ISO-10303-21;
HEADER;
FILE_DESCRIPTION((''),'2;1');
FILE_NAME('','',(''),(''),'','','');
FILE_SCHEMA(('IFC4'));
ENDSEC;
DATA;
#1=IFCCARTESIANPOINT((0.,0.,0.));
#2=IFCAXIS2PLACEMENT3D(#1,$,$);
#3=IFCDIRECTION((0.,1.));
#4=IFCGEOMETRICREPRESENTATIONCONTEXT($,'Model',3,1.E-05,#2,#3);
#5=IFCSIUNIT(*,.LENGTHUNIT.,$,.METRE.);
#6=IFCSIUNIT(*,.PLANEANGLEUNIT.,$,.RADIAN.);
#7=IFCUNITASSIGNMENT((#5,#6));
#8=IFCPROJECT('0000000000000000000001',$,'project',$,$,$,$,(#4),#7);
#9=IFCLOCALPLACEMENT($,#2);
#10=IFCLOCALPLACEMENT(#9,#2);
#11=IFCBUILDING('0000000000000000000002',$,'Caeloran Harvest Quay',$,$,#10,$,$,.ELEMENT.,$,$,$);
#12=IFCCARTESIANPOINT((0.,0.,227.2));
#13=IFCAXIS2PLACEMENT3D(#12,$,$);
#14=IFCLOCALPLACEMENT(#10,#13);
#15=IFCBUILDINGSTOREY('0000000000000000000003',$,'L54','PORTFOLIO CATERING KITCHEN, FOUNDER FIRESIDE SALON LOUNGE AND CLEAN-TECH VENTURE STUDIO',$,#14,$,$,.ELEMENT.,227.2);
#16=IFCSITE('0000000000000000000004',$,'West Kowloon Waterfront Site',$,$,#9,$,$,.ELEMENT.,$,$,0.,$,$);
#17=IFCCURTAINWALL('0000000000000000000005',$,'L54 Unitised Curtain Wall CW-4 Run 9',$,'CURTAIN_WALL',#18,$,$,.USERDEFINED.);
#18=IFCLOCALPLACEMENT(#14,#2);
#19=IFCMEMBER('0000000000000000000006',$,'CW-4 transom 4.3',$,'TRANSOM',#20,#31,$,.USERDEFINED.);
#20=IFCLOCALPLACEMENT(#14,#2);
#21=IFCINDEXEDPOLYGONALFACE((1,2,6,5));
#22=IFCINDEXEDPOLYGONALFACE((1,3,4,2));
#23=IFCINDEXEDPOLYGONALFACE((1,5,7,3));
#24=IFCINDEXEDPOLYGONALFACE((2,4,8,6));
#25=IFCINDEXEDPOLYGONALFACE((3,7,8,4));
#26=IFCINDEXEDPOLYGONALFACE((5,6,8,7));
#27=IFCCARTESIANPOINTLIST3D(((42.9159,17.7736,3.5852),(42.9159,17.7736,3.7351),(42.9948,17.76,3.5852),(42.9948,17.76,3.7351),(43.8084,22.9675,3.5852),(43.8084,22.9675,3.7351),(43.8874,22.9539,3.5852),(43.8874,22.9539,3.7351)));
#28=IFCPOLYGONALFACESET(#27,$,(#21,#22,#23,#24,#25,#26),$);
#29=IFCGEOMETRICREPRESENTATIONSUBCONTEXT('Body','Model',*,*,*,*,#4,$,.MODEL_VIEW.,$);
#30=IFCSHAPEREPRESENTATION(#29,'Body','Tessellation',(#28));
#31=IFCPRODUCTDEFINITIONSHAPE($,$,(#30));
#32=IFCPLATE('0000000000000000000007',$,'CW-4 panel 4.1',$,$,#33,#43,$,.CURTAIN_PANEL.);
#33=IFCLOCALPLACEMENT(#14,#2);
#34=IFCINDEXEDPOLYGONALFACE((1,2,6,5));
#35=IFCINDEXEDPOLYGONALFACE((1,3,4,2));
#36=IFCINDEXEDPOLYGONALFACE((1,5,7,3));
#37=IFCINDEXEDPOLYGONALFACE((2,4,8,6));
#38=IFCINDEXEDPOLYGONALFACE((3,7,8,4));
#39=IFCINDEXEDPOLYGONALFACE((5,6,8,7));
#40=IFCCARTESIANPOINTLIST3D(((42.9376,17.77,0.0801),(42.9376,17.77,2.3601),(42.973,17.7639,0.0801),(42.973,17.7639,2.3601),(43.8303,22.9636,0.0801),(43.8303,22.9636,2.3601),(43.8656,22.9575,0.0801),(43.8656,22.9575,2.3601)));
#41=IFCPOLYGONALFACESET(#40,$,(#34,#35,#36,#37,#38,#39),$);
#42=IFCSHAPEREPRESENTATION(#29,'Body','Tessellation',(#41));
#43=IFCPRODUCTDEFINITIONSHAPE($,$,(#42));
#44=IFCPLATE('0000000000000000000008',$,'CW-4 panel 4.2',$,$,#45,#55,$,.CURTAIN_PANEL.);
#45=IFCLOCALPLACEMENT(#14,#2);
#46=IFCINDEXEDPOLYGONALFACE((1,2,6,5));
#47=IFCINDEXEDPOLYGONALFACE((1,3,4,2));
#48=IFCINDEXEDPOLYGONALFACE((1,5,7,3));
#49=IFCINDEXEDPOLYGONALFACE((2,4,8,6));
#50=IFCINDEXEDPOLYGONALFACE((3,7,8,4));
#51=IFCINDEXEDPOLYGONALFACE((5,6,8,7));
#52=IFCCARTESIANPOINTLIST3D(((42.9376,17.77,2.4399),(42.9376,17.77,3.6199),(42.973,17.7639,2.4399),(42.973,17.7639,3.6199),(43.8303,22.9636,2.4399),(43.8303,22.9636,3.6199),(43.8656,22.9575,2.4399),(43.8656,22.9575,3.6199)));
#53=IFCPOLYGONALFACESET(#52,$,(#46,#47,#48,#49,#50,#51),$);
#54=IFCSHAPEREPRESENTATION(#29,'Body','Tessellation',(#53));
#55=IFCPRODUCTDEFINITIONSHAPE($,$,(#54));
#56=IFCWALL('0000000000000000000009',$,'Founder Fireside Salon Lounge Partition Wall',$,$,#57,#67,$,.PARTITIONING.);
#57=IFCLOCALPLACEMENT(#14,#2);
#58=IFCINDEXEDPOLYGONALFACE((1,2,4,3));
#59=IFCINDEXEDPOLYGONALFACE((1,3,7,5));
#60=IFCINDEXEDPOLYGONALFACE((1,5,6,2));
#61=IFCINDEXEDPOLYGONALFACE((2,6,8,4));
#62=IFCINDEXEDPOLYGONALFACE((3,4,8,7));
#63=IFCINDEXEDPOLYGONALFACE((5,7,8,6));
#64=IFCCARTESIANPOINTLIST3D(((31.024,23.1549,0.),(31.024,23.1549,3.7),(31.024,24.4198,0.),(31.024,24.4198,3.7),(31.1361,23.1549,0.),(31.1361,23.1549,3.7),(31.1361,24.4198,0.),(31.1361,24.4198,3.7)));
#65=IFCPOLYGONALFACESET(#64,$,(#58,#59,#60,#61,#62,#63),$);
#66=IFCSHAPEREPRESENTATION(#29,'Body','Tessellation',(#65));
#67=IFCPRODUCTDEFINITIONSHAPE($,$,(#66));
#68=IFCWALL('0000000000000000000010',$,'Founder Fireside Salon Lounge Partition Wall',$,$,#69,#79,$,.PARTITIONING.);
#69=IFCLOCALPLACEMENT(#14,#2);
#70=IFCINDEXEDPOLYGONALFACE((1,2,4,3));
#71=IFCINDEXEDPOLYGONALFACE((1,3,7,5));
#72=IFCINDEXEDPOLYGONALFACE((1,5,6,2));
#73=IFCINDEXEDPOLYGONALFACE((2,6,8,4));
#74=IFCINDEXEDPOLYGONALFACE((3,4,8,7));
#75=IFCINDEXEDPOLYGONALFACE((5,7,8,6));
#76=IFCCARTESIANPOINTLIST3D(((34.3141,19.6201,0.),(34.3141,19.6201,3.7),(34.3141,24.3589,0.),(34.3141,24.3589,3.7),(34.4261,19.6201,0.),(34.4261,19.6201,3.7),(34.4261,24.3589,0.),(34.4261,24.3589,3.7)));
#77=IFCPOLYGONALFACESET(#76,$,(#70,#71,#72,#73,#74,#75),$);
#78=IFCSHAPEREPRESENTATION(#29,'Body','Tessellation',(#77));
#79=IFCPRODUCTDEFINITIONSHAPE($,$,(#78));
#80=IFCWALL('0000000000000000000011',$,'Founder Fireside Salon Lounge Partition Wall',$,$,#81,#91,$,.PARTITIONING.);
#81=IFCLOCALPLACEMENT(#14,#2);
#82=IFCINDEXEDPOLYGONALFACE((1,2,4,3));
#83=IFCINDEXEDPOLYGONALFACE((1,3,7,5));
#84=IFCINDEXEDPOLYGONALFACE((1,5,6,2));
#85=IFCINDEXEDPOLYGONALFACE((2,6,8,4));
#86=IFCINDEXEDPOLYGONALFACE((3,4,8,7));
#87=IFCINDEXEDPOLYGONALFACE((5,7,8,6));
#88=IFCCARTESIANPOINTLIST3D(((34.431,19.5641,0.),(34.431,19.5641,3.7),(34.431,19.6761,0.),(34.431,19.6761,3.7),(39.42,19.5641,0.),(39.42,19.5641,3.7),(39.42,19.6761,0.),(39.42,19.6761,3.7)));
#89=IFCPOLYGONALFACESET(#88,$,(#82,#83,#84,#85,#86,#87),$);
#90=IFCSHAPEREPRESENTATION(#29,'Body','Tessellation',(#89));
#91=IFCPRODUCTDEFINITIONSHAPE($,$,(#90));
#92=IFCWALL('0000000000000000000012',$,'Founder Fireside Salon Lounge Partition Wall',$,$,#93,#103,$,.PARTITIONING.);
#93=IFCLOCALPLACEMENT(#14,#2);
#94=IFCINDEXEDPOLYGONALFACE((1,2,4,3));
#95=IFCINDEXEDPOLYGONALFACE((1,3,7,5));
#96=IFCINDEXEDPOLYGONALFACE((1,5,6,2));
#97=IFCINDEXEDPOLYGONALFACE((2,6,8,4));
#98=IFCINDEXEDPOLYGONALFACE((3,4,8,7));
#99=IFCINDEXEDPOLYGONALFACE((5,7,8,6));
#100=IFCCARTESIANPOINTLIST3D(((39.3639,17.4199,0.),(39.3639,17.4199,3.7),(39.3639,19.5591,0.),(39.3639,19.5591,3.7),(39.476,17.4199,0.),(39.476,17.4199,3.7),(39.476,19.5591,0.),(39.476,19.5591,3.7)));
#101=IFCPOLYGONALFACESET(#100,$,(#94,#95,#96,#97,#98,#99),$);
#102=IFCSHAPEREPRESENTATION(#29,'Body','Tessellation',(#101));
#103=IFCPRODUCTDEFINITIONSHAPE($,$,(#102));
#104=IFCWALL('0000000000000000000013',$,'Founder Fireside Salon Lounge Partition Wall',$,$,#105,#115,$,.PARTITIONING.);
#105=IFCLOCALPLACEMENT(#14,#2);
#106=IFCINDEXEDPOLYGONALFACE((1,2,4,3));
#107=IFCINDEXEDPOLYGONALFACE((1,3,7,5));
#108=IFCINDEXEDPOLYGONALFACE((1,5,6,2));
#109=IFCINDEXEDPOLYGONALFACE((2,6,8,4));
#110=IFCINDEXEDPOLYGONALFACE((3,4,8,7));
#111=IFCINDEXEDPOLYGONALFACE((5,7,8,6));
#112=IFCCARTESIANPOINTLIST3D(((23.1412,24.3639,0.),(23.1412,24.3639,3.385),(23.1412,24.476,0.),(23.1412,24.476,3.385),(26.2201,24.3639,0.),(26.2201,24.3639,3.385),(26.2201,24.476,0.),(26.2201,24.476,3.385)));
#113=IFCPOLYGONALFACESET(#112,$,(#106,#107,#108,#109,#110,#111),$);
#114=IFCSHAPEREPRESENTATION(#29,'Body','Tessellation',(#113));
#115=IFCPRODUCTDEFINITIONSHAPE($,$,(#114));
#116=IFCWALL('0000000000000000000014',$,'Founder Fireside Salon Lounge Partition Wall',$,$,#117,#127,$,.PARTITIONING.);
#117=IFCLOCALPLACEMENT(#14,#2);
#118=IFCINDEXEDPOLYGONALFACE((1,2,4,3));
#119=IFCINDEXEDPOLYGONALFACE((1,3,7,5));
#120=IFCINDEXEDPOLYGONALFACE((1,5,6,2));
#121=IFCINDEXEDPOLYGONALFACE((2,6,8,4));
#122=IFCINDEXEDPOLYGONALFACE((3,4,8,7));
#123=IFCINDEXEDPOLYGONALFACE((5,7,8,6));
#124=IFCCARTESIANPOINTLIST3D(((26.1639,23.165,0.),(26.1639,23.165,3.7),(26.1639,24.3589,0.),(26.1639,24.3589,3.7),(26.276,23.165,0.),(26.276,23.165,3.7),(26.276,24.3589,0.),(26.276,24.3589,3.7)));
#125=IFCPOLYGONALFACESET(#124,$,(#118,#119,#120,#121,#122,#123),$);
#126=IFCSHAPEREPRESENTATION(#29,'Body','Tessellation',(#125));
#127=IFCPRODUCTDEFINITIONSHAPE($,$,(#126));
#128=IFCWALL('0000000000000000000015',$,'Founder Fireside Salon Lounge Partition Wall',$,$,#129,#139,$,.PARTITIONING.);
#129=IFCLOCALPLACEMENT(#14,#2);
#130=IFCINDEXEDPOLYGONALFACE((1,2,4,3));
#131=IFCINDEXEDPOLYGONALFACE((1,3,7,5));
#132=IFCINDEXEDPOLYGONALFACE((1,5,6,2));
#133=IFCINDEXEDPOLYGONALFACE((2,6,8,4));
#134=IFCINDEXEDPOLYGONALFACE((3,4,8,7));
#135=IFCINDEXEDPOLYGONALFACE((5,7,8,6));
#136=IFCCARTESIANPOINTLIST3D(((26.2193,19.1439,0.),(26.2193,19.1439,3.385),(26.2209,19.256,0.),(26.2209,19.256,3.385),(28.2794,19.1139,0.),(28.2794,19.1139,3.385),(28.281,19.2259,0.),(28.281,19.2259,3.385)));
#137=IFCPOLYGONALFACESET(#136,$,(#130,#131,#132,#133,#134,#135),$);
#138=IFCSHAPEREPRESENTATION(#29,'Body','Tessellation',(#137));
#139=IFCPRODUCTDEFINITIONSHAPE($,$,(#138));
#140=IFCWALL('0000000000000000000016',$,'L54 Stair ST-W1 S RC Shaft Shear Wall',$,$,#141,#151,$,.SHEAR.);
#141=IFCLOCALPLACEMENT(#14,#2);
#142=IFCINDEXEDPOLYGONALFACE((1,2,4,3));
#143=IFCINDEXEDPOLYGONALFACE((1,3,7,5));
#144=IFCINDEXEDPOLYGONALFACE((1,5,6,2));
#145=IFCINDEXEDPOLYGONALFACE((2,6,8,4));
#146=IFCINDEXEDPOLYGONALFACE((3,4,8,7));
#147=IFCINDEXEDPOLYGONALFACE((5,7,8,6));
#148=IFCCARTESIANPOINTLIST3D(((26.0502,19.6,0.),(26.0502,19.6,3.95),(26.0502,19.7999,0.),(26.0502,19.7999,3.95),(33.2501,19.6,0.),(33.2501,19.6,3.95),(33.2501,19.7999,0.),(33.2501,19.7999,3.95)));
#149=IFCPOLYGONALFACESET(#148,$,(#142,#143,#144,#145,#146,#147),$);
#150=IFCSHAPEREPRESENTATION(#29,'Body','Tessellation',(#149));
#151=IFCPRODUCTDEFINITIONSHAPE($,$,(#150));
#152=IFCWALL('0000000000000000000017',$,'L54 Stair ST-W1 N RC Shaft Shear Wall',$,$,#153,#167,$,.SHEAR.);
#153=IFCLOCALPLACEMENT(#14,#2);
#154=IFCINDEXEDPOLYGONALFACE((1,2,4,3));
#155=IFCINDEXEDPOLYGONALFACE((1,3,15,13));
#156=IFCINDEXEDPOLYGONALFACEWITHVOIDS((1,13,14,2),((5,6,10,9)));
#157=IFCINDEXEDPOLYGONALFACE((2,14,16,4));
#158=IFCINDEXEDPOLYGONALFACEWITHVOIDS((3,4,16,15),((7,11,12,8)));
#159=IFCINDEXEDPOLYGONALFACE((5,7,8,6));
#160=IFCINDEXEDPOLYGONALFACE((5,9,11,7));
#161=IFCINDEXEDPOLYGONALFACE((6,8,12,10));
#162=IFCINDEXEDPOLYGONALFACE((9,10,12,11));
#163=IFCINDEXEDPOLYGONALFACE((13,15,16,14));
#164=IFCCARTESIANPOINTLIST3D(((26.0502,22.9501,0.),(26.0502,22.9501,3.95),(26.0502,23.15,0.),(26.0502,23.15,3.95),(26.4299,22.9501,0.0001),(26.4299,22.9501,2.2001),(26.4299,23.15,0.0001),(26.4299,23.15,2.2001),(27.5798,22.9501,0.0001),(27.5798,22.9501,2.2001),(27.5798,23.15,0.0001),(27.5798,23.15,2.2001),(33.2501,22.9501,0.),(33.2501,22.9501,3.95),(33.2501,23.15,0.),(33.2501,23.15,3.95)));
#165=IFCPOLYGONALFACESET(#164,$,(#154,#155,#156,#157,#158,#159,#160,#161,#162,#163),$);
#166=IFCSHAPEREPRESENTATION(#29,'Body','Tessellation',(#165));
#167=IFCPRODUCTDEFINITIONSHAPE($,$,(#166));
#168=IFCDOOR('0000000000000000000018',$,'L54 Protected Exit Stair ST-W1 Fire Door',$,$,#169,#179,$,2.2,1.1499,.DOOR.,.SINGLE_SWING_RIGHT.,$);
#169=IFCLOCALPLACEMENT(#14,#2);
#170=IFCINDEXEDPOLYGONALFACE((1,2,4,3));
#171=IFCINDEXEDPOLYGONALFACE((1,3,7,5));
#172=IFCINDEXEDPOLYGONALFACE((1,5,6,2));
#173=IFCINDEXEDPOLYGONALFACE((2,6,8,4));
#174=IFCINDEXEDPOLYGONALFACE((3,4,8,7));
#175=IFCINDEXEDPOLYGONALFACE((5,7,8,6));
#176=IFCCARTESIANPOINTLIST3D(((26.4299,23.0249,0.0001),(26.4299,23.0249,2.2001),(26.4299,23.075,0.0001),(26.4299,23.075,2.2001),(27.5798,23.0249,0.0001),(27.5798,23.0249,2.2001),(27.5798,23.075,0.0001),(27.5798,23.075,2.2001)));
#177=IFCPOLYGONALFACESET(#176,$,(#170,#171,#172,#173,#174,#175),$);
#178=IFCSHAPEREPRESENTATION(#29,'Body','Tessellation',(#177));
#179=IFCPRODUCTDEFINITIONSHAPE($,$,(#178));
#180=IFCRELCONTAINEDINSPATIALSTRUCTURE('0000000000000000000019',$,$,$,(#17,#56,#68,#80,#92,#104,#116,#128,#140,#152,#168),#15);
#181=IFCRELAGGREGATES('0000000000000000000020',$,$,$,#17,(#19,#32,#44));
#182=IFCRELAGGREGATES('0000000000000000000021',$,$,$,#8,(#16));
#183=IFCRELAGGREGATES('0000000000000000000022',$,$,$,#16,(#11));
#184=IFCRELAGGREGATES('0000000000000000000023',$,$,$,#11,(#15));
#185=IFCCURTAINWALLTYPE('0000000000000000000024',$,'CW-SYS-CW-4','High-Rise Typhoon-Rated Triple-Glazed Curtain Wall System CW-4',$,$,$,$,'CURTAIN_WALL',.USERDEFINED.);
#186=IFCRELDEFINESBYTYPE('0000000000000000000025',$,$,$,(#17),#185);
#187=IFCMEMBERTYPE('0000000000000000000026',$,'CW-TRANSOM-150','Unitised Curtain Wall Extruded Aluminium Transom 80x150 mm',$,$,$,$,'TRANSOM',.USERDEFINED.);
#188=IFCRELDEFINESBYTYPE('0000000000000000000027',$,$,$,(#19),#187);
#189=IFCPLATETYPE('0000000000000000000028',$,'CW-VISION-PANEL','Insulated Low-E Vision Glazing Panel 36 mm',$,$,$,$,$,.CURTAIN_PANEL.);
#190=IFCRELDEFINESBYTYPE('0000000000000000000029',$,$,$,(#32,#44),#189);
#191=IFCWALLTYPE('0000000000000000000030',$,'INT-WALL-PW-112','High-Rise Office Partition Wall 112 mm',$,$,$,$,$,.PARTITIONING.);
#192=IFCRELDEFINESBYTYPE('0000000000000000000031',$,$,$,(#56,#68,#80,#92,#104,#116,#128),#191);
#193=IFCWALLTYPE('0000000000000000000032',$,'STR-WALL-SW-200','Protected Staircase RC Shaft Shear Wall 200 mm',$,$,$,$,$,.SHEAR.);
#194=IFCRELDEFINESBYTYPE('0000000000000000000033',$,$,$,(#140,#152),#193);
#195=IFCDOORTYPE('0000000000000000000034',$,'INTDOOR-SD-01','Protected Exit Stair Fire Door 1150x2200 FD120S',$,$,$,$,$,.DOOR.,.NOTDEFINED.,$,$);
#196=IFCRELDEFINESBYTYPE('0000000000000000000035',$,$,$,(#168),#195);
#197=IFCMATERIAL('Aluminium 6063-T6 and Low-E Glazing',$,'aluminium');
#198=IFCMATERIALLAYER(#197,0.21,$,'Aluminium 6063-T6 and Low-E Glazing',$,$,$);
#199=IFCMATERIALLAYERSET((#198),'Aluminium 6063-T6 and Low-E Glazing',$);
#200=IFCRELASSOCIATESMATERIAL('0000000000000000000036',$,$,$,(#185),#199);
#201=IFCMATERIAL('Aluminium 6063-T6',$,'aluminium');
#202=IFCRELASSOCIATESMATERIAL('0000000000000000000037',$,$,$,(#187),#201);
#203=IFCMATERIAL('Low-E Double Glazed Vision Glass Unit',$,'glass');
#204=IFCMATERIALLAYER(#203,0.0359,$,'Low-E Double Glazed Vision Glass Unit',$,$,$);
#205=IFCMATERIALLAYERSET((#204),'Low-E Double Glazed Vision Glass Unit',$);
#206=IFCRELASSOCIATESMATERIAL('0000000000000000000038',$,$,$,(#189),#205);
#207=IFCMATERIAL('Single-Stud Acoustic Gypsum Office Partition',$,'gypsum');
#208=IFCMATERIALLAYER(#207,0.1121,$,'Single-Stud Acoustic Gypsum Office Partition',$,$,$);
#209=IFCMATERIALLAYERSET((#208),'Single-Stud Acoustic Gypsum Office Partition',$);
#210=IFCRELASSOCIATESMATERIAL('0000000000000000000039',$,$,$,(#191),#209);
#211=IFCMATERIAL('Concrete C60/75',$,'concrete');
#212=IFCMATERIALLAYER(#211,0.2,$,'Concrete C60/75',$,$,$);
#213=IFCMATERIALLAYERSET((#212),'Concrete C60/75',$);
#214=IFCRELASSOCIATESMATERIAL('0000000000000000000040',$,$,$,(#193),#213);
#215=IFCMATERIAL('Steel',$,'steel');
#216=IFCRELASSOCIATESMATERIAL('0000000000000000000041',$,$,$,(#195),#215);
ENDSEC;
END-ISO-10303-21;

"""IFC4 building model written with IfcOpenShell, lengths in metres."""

from ifc_helpers import new_model, si_unit, direction, frame, frame_2d, origin, origin_2d, place, context, subcontext, project, spatial, rectangle, extrude, material, layer, layer_set, material_profile, profile_set, type_object, element, fill, aggregate, save


model = new_model("IFC4")

# Units and contexts
model_context = context("Model", 3, precision=1e-05, world=origin(), true_north=direction((0.0, 1.0)))
body_context = subcontext(model_context, "Body", "Model", "MODEL_VIEW")
ifc_project = project(units=[si_unit("LENGTHUNIT", "METRE"), si_unit("PLANEANGLEUNIT", "RADIAN")], contexts=[model_context])

# Site, building, storey
site_placement = place(None, origin())
site = spatial("IfcSite", under=ifc_project, at=site_placement, Name="West Kowloon Waterfront Site", CompositionType="ELEMENT", RefElevation=0.0)
building_placement = place(site_placement, origin())
building = spatial("IfcBuilding", under=site, at=building_placement, Name="Caeloran Harvest Quay", CompositionType="ELEMENT")
storey_placement = place(building_placement, frame((0.0, 0.0, 227.2)))
storey = spatial("IfcBuildingStorey", under=building, at=storey_placement, Name="L54", Description="PORTFOLIO CATERING KITCHEN, FOUNDER FIRESIDE SALON LOUNGE AND CLEAN-TECH VENTURE STUDIO", CompositionType="ELEMENT", Elevation=227.2)

# Curtain wall, member, plates
ifc_material_1 = material(Name="Aluminium 6063-T6 and Low-E Glazing", Category="aluminium")
ifc_layer_1 = layer(ifc_material_1, 0.21, Name="Aluminium 6063-T6 and Low-E Glazing")
ifc_layer_set_1 = layer_set([ifc_layer_1], Name="Aluminium 6063-T6 and Low-E Glazing")
curtain_wall_type = type_object("IfcCurtainWallType", Name="CW-SYS-CW-4", Description="High-Rise Typhoon-Rated Triple-Glazed Curtain Wall System CW-4", ElementType="CURTAIN_WALL", PredefinedType="USERDEFINED", material=ifc_layer_set_1)
curtain_wall_placement = place(storey_placement, origin())
curtain_wall = element("IfcCurtainWall", 1, at=curtain_wall_placement, inside=storey, type_object=curtain_wall_type, Name="L54 Unitised Curtain Wall CW-4 Run 9", ObjectType="CURTAIN_WALL", PredefinedType="USERDEFINED")
ifc_material_2 = material(Name="Aluminium 6063-T6", Category="aluminium")
ifc_material_profile_1 = material_profile(ifc_material_2, rectangle(XDim=0.0801, YDim=0.1499, at=origin_2d()), Name="CW-TRANSOM-150")
ifc_profile_set_1 = profile_set([ifc_material_profile_1], Name="Aluminium 6063-T6")
member_type_1 = type_object("IfcMemberType", Name="CW-TRANSOM-150", Description="Unitised Curtain Wall Extruded Aluminium Transom 80x150 mm", ElementType="TRANSOM", PredefinedType="USERDEFINED", material=ifc_profile_set_1)
member_1_placement = place(storey_placement, frame((43.8479, 22.9607, 3.6602), z_axis=(-0.16937, -0.985553, 0.0), x_axis=(0.985553, -0.16937, 0.0)))
member_1 = element("IfcMember", 2, at=member_1_placement, type_object=member_type_1, Name="CW-4 transom 4.3", ObjectType="TRANSOM", PredefinedType="USERDEFINED", context=body_context, shape_type="SweptSolid", body=[
    extrude(rectangle(XDim=0.0801, YDim=0.1499, at=origin_2d()), origin(), (0.0, 0.0, 1.0), 5.27),
])
ifc_material_3 = material(Name="Low-E Double Glazed Vision Glass Unit", Category="glass")
ifc_layer_2 = layer(ifc_material_3, 0.0359, Name="Low-E Double Glazed Vision Glass Unit")
ifc_layer_set_2 = layer_set([ifc_layer_2], Name="Low-E Double Glazed Vision Glass Unit")
plate_type = type_object("IfcPlateType", Name="CW-VISION-PANEL", Description="Insulated Low-E Vision Glazing Panel 36 mm", PredefinedType="CURTAIN_PANEL", material=ifc_layer_set_2)
plate_1_placement = place(storey_placement, frame((43.4016, 20.3638, 0.0801), z_axis=(0.0, 0.0, 1.0), x_axis=(-0.169391, -0.985549, 0.0)))
plate_1 = element("IfcPlate", 3, at=plate_1_placement, type_object=plate_type, Name="CW-4 panel 4.1", PredefinedType="CURTAIN_PANEL", context=body_context, shape_type="SweptSolid", body=[
    extrude(rectangle(XDim=5.2698, YDim=0.0359, at=origin_2d()), origin(), (0.0, 0.0, 1.0), 2.28),
])
plate_2_placement = place(storey_placement, frame((43.4016, 20.3638, 2.4399), z_axis=(0.0, 0.0, 1.0), x_axis=(-0.169391, -0.985549, 0.0)))
plate_2 = element("IfcPlate", 4, at=plate_2_placement, type_object=plate_type, Name="CW-4 panel 4.2", PredefinedType="CURTAIN_PANEL", context=body_context, shape_type="SweptSolid", body=[
    extrude(rectangle(XDim=5.2698, YDim=0.0359, at=origin_2d()), origin(), (0.0, 0.0, 1.0), 1.1799),
])
aggregate(curtain_wall, [member_1, plate_1, plate_2])

# Walls
ifc_material_4 = material(Name="Single-Stud Acoustic Gypsum Office Partition", Category="gypsum")
ifc_layer_3 = layer(ifc_material_4, 0.1121, Name="Single-Stud Acoustic Gypsum Office Partition")
ifc_layer_set_3 = layer_set([ifc_layer_3], Name="Single-Stud Acoustic Gypsum Office Partition")
wall_type_1 = type_object("IfcWallType", Name="INT-WALL-PW-112", Description="High-Rise Office Partition Wall 112 mm", PredefinedType="PARTITIONING", material=ifc_layer_set_3)
wall_1_placement = place(storey_placement, frame((31.0801, 23.155, 0.0), z_axis=(0.0, 0.0, 1.0), x_axis=(0.0, 1.0, 0.0)))
element("IfcWall", 5, at=wall_1_placement, inside=storey, type_object=wall_type_1, Name="Founder Fireside Salon Lounge Partition Wall", PredefinedType="PARTITIONING", context=body_context, shape_type="SweptSolid", body=[
    extrude(rectangle(XDim=1.2649, YDim=0.1121, at=frame_2d((0.6323, 0.0))), origin(), (0.0, 0.0, 1.0), 3.7),
])
wall_2_placement = place(storey_placement, frame((34.3701, 24.3589, 0.0), z_axis=(0.0, 0.0, 1.0), x_axis=(0.0, -1.0, 0.0)))
element("IfcWall", 6, at=wall_2_placement, inside=storey, type_object=wall_type_1, Name="Founder Fireside Salon Lounge Partition Wall", PredefinedType="PARTITIONING", context=body_context, shape_type="SweptSolid", body=[
    extrude(rectangle(XDim=4.7388, YDim=0.1121, at=frame_2d((2.3694, 0.0))), origin(), (0.0, 0.0, 1.0), 3.7),
])
wall_3_placement = place(storey_placement, frame((34.4309, 19.6201, 0.0), z_axis=(0.0, 0.0, 1.0), x_axis=(1.0, 0.0, 0.0)))
element("IfcWall", 7, at=wall_3_placement, inside=storey, type_object=wall_type_1, Name="Founder Fireside Salon Lounge Partition Wall", PredefinedType="PARTITIONING", context=body_context, shape_type="SweptSolid", body=[
    extrude(rectangle(XDim=4.989, YDim=0.1121, at=frame_2d((2.4946, 0.0))), origin(), (0.0, 0.0, 1.0), 3.7),
])
wall_4_placement = place(storey_placement, frame((39.4199, 19.5591, 0.0), z_axis=(0.0, 0.0, 1.0), x_axis=(0.0, -1.0, 0.0)))
element("IfcWall", 8, at=wall_4_placement, inside=storey, type_object=wall_type_1, Name="Founder Fireside Salon Lounge Partition Wall", PredefinedType="PARTITIONING", context=body_context, shape_type="SweptSolid", body=[
    extrude(rectangle(XDim=2.1392, YDim=0.1121, at=frame_2d((1.0696, 0.0))), origin(), (0.0, 0.0, 1.0), 3.7),
])
wall_5_placement = place(storey_placement, frame((23.1411, 24.4199, 0.0), z_axis=(0.0, 0.0, 1.0), x_axis=(1.0, 0.0, 0.0)))
element("IfcWall", 9, at=wall_5_placement, inside=storey, type_object=wall_type_1, Name="Founder Fireside Salon Lounge Partition Wall", PredefinedType="PARTITIONING", context=body_context, shape_type="SweptSolid", body=[
    extrude(rectangle(XDim=3.0789, YDim=0.1121, at=frame_2d((1.5396, 0.0))), origin(), (0.0, 0.0, 1.0), 3.385),
])
wall_6_placement = place(storey_placement, frame((26.22, 24.3589, 0.0), z_axis=(0.0, 0.0, 1.0), x_axis=(0.0, -1.0, 0.0)))
element("IfcWall", 10, at=wall_6_placement, inside=storey, type_object=wall_type_1, Name="Founder Fireside Salon Lounge Partition Wall", PredefinedType="PARTITIONING", context=body_context, shape_type="SweptSolid", body=[
    extrude(rectangle(XDim=1.1938, YDim=0.1121, at=frame_2d((0.5969, 0.0))), origin(), (0.0, 0.0, 1.0), 3.7),
])
wall_7_placement = place(storey_placement, frame((26.22, 19.2, 0.0), z_axis=(0.0, 0.0, 1.0), x_axis=(0.999894, -0.014575, 0.0)))
element("IfcWall", 11, at=wall_7_placement, inside=storey, type_object=wall_type_1, Name="Founder Fireside Salon Lounge Partition Wall", PredefinedType="PARTITIONING", context=body_context, shape_type="SweptSolid", body=[
    extrude(rectangle(XDim=2.0603, YDim=0.1121, at=frame_2d((1.0303, 0.0))), origin(), (0.0, 0.0, 1.0), 3.385),
])
ifc_material_5 = material(Name="Concrete C60/75", Category="concrete")
ifc_layer_4 = layer(ifc_material_5, 0.2, Name="Concrete C60/75")
ifc_layer_set_4 = layer_set([ifc_layer_4], Name="Concrete C60/75")
wall_type_2 = type_object("IfcWallType", Name="STR-WALL-SW-200", Description="Protected Staircase RC Shaft Shear Wall 200 mm", PredefinedType="SHEAR", material=ifc_layer_set_4)
wall_8_placement = place(storey_placement, frame((26.05, 19.7, 0.0), z_axis=(0.0, 0.0, 1.0), x_axis=(1.0, 0.0, 0.0)))
element("IfcWall", 12, at=wall_8_placement, inside=storey, type_object=wall_type_2, Name="L54 Stair ST-W1 S RC Shaft Shear Wall", PredefinedType="SHEAR", context=body_context, shape_type="SweptSolid", body=[
    extrude(rectangle(XDim=7.2, YDim=0.2, at=frame_2d((3.6001, 0.0))), origin(), (0.0, 0.0, 1.0), 3.95),
])

# Wall, opening, door
wall_9_placement = place(storey_placement, frame((26.05, 23.05, 0.0), z_axis=(0.0, 0.0, 1.0), x_axis=(1.0, 0.0, 0.0)))
wall_9 = element("IfcWall", 13, at=wall_9_placement, inside=storey, type_object=wall_type_2, Name="L54 Stair ST-W1 N RC Shaft Shear Wall", PredefinedType="SHEAR", context=body_context, shape_type="SweptSolid", body=[
    extrude(rectangle(XDim=7.2, YDim=0.2, at=frame_2d((3.6001, 0.0))), origin(), (0.0, 0.0, 1.0), 3.95),
])
opening_placement = place(wall_9_placement, frame((0.3799, 0.0, 0.0)))
opening = element("IfcOpeningElement", 14, at=opening_placement, cuts=wall_9, PredefinedType="OPENING", context=body_context, shape_type="SweptSolid", body=[
    extrude(rectangle(XDim=1.1499, YDim=2.2, at=frame_2d((0.575, 1.1001))), frame((0.0, 0.1099, 0.0), z_axis=(0.0, -1.0, 0.0), x_axis=(1.0, 0.0, 0.0)), (0.0, 0.0, 1.0), 0.22),
])
ifc_material_6 = material(Name="Steel", Category="steel")
door_type = type_object("IfcDoorType", Name="INTDOOR-SD-01", Description="Protected Exit Stair Fire Door 1150x2200 FD120S", OperationType="NOTDEFINED", PredefinedType="DOOR", material=ifc_material_6)
door_placement = place(opening_placement, origin())
door = element("IfcDoor", 15, at=door_placement, inside=storey, type_object=door_type, Name="L54 Protected Exit Stair ST-W1 Fire Door", OperationType="SINGLE_SWING_RIGHT", OverallHeight=2.2, OverallWidth=1.1499, PredefinedType="DOOR", context=body_context, shape_type="SweptSolid", body=[
    extrude(rectangle(XDim=1.1499, YDim=2.2, at=frame_2d((0.575, 1.1001))), frame((0.0, 0.0249, 0.0), z_axis=(0.0, -1.0, 0.0), x_axis=(1.0, 0.0, 0.0)), (0.0, 0.0, 1.0), 0.05),
])
fill(opening, door)

save(model, "model.ifc")
